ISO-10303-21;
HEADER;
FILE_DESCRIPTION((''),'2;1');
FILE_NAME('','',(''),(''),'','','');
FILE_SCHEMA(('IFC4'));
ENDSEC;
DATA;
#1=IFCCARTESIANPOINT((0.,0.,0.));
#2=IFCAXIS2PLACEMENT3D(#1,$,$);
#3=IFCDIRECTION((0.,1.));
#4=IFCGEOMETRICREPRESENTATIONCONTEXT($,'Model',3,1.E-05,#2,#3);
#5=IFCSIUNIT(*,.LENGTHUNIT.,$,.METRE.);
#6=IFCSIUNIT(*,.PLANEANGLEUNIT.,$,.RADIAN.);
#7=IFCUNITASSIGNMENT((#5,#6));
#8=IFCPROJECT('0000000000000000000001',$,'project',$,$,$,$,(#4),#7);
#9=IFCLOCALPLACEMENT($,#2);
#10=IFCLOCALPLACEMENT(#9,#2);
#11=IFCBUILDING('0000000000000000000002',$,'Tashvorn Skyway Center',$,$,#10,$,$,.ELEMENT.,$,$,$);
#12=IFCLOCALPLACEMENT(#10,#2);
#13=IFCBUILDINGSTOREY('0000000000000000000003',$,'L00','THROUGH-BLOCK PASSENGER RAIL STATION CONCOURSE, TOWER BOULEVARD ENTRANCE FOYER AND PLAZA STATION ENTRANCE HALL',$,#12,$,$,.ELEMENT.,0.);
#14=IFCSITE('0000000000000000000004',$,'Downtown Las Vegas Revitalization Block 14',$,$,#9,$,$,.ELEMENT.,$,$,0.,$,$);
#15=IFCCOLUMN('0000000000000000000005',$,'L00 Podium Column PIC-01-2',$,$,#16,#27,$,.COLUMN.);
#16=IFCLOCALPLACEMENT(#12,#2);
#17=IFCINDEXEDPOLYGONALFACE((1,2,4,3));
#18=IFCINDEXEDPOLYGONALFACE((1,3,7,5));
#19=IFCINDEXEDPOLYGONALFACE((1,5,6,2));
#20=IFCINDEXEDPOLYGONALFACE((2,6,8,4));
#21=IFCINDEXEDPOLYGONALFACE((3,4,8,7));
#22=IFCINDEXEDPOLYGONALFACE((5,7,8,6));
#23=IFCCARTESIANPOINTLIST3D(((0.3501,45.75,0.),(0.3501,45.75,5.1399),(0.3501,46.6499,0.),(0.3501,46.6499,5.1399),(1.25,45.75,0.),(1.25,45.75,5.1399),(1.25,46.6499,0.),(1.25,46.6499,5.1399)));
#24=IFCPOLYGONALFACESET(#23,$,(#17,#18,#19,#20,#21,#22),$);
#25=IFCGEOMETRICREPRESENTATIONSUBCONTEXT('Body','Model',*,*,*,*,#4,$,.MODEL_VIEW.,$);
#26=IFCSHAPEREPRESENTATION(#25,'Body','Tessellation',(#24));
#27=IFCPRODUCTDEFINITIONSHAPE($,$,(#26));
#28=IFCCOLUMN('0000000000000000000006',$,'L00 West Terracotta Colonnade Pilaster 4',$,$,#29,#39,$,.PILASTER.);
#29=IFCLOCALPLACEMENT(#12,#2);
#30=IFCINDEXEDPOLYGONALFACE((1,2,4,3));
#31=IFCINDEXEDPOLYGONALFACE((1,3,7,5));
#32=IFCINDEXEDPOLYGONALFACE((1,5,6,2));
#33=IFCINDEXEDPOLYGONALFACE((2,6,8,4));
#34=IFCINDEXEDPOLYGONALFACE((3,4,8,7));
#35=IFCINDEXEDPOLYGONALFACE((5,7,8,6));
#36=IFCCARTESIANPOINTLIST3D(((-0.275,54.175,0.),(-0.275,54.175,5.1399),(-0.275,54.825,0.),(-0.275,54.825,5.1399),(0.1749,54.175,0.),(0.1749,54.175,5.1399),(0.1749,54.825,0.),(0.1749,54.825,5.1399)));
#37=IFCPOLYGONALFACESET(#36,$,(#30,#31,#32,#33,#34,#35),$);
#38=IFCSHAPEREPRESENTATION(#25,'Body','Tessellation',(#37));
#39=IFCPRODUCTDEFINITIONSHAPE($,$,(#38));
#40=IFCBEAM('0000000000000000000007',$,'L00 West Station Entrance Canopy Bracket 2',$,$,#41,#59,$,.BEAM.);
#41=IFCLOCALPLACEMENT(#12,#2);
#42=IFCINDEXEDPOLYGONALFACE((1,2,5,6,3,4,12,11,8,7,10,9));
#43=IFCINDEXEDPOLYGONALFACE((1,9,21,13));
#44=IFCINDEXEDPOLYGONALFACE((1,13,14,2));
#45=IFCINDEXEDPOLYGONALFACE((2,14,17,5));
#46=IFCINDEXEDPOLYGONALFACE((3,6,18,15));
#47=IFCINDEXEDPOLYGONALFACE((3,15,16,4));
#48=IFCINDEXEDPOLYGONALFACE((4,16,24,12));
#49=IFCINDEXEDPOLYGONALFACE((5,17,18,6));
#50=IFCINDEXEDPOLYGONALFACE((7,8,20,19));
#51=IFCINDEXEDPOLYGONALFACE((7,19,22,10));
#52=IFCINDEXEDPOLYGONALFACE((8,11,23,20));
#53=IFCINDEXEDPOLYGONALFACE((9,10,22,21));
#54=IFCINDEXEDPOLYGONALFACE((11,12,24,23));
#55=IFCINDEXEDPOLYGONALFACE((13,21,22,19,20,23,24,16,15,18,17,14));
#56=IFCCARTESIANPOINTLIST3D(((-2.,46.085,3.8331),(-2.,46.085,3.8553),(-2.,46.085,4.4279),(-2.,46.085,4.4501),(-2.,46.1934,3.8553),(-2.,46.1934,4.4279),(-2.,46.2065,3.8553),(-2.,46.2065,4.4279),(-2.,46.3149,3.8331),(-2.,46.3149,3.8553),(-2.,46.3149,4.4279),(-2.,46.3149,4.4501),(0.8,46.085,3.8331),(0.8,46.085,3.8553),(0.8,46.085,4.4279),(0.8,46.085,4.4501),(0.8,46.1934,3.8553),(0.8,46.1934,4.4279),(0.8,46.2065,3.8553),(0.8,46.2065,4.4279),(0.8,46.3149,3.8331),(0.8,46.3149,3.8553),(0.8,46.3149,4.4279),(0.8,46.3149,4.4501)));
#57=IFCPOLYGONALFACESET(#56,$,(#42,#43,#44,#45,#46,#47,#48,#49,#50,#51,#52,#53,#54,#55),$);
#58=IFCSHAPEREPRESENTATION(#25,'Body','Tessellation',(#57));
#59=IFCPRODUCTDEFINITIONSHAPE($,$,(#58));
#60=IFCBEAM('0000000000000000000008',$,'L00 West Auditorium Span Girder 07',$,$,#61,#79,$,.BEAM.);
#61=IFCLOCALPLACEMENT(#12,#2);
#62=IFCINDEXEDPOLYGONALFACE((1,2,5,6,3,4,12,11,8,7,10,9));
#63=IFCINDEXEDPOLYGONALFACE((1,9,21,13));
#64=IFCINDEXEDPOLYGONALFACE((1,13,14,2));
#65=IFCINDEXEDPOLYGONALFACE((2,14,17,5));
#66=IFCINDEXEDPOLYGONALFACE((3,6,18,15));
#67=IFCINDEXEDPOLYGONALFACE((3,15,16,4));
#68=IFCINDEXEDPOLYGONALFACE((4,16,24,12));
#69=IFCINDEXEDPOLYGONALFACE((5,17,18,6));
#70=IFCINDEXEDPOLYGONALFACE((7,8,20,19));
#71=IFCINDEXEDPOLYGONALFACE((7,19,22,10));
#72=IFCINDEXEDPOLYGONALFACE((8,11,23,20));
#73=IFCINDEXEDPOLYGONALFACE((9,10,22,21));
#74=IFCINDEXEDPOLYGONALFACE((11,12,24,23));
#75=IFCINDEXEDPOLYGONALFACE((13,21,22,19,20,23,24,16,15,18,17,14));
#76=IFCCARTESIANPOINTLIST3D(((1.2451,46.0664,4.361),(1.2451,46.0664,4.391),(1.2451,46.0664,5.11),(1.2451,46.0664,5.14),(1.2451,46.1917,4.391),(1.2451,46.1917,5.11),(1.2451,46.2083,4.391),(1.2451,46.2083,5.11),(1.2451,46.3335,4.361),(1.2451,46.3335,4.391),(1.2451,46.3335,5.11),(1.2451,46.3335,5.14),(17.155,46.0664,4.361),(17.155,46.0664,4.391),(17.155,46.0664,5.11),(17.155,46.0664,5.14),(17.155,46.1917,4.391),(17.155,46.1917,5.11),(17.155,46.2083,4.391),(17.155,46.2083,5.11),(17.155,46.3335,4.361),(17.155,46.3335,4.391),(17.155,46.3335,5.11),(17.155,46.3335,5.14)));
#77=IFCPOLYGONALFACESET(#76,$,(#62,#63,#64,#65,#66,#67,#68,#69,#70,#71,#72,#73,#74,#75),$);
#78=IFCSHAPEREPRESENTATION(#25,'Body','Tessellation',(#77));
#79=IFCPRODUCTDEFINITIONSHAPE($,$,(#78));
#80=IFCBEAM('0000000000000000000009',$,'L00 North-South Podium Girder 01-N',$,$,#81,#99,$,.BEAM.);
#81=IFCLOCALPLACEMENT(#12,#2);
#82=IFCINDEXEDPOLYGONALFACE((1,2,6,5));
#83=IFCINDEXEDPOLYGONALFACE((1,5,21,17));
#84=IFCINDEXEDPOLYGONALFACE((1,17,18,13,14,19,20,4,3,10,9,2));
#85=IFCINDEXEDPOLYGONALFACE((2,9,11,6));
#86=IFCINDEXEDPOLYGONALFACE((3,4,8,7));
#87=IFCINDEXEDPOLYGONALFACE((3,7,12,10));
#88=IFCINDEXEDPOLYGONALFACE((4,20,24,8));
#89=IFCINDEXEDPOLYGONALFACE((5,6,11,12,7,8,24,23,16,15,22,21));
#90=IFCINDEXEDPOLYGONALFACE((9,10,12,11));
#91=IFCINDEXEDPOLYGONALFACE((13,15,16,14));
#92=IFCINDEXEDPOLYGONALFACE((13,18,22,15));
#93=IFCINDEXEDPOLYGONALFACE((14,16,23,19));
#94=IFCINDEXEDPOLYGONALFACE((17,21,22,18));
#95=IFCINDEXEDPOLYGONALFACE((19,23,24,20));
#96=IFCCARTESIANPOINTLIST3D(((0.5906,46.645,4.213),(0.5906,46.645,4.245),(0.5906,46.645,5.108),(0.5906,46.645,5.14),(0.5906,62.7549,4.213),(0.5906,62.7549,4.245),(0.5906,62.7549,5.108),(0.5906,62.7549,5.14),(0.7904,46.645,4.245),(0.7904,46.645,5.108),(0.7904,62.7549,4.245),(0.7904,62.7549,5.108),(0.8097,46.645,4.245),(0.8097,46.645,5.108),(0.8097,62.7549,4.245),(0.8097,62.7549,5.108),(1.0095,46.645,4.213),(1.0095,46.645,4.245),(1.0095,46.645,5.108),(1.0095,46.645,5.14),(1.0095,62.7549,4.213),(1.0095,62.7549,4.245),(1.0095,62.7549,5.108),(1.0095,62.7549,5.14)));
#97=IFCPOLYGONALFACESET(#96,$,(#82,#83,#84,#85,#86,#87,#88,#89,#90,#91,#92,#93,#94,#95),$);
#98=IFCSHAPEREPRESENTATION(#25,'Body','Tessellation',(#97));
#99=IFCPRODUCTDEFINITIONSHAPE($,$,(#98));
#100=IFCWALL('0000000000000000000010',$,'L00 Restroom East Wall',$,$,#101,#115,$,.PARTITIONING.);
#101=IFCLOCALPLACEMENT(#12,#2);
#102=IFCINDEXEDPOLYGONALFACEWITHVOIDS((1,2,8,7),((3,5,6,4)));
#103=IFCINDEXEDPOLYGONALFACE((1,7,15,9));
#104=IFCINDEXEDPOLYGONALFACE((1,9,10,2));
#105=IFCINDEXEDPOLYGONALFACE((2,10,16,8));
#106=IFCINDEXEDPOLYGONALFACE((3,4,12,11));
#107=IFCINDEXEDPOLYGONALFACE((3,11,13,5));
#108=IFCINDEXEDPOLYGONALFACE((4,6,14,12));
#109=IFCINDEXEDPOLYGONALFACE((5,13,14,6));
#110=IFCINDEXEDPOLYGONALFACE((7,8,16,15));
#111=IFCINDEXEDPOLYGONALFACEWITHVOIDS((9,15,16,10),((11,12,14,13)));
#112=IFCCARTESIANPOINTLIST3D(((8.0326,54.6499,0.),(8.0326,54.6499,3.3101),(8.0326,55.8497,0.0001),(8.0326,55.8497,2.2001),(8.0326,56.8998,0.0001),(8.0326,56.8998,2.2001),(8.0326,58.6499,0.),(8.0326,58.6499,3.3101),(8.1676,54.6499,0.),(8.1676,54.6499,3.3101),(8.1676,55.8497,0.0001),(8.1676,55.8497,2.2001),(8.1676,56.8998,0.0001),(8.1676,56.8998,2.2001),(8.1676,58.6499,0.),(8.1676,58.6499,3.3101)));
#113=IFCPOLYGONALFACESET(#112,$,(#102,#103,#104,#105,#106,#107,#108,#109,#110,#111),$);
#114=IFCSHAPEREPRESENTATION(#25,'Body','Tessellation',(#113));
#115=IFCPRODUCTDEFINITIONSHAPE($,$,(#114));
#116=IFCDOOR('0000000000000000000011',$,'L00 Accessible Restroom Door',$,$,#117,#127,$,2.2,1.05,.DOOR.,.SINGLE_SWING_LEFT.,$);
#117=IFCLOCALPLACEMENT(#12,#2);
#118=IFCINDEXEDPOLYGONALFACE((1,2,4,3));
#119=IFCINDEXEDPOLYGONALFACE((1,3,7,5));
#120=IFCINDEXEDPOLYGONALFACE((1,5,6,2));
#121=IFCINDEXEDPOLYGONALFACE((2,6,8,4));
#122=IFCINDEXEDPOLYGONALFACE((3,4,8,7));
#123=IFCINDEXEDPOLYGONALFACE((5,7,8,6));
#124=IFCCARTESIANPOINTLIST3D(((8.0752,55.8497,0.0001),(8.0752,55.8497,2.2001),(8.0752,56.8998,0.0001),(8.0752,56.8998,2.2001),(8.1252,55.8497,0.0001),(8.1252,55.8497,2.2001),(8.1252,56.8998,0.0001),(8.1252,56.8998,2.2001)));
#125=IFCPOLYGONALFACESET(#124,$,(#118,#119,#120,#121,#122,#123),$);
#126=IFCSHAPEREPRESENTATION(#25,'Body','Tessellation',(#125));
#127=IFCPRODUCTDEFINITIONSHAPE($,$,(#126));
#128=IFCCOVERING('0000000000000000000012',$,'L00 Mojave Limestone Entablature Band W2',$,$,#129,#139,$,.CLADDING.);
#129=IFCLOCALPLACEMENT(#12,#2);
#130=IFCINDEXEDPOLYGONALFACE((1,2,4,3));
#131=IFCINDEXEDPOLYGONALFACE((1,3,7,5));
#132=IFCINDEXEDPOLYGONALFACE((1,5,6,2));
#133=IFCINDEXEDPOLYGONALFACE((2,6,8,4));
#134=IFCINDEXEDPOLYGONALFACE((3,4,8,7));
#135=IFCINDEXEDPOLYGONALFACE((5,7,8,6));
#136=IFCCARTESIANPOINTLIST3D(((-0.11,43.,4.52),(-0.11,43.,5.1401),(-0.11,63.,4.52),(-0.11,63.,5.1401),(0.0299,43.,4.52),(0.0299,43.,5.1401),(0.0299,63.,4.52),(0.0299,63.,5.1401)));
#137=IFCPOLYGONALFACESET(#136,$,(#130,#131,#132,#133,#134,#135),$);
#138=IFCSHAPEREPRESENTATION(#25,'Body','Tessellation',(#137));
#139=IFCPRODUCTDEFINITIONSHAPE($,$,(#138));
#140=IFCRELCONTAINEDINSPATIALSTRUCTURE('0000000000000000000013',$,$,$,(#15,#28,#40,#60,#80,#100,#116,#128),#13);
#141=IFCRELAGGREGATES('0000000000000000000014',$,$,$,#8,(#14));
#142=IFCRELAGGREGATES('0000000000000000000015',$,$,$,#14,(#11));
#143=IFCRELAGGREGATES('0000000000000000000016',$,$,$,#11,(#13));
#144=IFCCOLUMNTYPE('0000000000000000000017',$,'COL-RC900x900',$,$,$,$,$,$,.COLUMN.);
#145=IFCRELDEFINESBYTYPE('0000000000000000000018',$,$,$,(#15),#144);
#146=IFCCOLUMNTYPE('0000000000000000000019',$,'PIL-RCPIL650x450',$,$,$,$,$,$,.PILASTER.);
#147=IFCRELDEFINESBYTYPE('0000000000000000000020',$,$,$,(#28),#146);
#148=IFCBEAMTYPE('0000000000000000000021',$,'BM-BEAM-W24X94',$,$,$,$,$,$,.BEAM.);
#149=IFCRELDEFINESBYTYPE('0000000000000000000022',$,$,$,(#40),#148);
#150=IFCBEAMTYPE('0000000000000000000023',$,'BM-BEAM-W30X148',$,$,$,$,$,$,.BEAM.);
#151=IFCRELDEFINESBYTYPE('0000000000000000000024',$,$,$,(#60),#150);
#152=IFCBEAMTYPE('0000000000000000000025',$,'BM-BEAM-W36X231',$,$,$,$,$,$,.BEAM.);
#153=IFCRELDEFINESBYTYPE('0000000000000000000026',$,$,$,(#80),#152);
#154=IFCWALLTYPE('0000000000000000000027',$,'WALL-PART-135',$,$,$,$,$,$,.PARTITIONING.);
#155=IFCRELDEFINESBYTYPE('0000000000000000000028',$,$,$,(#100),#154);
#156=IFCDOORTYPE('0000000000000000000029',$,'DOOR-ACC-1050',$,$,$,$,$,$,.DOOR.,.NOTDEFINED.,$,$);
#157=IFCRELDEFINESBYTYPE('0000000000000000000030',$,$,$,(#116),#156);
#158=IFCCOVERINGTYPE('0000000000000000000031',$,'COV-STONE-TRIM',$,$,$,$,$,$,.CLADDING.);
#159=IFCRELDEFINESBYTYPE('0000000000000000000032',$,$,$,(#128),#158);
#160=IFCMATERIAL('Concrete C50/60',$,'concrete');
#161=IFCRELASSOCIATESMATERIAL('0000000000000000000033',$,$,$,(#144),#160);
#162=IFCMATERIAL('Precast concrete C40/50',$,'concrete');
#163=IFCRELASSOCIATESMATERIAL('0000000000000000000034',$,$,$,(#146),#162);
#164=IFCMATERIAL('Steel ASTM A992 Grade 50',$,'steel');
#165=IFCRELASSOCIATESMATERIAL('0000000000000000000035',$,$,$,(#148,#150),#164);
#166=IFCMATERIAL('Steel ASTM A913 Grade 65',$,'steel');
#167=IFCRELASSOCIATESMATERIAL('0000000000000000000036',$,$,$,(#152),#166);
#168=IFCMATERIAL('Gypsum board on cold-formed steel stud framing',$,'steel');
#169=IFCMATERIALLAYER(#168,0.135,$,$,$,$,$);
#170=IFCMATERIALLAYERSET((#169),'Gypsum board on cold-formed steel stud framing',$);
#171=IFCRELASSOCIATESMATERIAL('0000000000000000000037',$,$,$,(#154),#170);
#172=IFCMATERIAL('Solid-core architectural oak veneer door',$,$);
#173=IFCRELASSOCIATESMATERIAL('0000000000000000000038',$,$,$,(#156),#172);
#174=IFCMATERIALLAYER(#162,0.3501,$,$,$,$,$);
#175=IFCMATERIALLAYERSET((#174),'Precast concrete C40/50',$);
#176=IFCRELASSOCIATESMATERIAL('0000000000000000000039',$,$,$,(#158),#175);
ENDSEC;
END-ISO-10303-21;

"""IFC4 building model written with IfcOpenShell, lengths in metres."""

from ifc_helpers import new_model, si_unit, direction, frame, frame_2d, origin, origin_2d, place, context, subcontext, project, spatial, rectangle, i_section, extrude, material, layer, layer_set, material_profile, profile_set, type_object, element, fill, save


model = new_model("IFC4")

# Units and contexts
model_context = context("Model", 3, precision=1e-05, world=origin(), true_north=direction((0.0, 1.0)))
body_context = subcontext(model_context, "Body", "Model", "MODEL_VIEW")
ifc_project = project(units=[si_unit("LENGTHUNIT", "METRE"), si_unit("PLANEANGLEUNIT", "RADIAN")], contexts=[model_context])

# Site, building, storey
site_placement = place(None, origin())
site = spatial("IfcSite", under=ifc_project, at=site_placement, Name="Downtown Las Vegas Revitalization Block 14", CompositionType="ELEMENT", RefElevation=0.0)
building_placement = place(site_placement, origin())
building = spatial("IfcBuilding", under=site, at=building_placement, Name="Tashvorn Skyway Center", CompositionType="ELEMENT")
storey_placement = place(building_placement, origin())
storey = spatial("IfcBuildingStorey", under=building, at=storey_placement, Name="L00", Description="THROUGH-BLOCK PASSENGER RAIL STATION CONCOURSE, TOWER BOULEVARD ENTRANCE FOYER AND PLAZA STATION ENTRANCE HALL", CompositionType="ELEMENT", Elevation=0.0)

# Columns
ifc_material_1 = material(Name="Concrete C50/60", Category="concrete")
ifc_material_profile_1 = material_profile(ifc_material_1, rectangle(XDim=0.8999, YDim=0.8999, at=origin_2d()), Name="RC900x900")
ifc_profile_set_1 = profile_set([ifc_material_profile_1], Name="Concrete C50/60")
column_type_1 = type_object("IfcColumnType", Name="COL-RC900x900", PredefinedType="COLUMN", material=ifc_profile_set_1)
column_1_placement = place(storey_placement, frame((0.8, 46.2, 0.0), z_axis=(0.0, 0.0, 1.0), x_axis=(1.0, 0.0, 0.0)))
element("IfcColumn", 1, at=column_1_placement, inside=storey, type_object=column_type_1, Name="L00 Podium Column PIC-01-2", PredefinedType="COLUMN", context=body_context, shape_type="SweptSolid", body=[
    extrude(rectangle(XDim=0.8999, YDim=0.8999, at=origin_2d()), origin(), (0.0, 0.0, 1.0), 5.1399),
])
ifc_material_2 = material(Name="Precast concrete C40/50", Category="concrete")
ifc_material_profile_2 = material_profile(ifc_material_2, rectangle(XDim=0.6499, YDim=0.45, at=origin_2d()), Name="RCPIL650x450")
ifc_profile_set_2 = profile_set([ifc_material_profile_2], Name="Precast concrete C40/50")
column_type_2 = type_object("IfcColumnType", Name="PIL-RCPIL650x450", PredefinedType="PILASTER", material=ifc_profile_set_2)
column_2_placement = place(storey_placement, frame((-0.05, 54.5, 0.0), z_axis=(0.0, 0.0, 1.0), x_axis=(0.0, 1.0, 0.0)))
element("IfcColumn", 2, at=column_2_placement, inside=storey, type_object=column_type_2, Name="L00 West Terracotta Colonnade Pilaster 4", PredefinedType="PILASTER", context=body_context, shape_type="SweptSolid", body=[
    extrude(rectangle(XDim=0.6499, YDim=0.45, at=origin_2d()), origin(), (0.0, 0.0, 1.0), 5.1399),
])

# Beams
ifc_material_3 = material(Name="Steel ASTM A992 Grade 50", Category="steel")
ifc_material_profile_3 = material_profile(ifc_material_3, i_section(OverallWidth=0.23, OverallDepth=0.6169, WebThickness=0.0132, FlangeThickness=0.0222, at=origin_2d()), Name="W24X94")
ifc_profile_set_3 = profile_set([ifc_material_profile_3], Name="Steel ASTM A992 Grade 50")
beam_type_1 = type_object("IfcBeamType", Name="BM-BEAM-W24X94", PredefinedType="BEAM", material=ifc_profile_set_3)
beam_1_placement = place(storey_placement, frame((0.8, 46.2, 4.1416), z_axis=(-1.0, 0.0, 0.0), x_axis=(0.0, -1.0, 0.0)))
element("IfcBeam", 3, at=beam_1_placement, inside=storey, type_object=beam_type_1, Name="L00 West Station Entrance Canopy Bracket 2", PredefinedType="BEAM", context=body_context, shape_type="SweptSolid", body=[
    extrude(i_section(OverallWidth=0.23, OverallDepth=0.6169, WebThickness=0.0132, FlangeThickness=0.0222, at=origin_2d()), origin(), (0.0, 0.0, 1.0), 2.8),
])
ifc_material_profile_4 = material_profile(ifc_material_3, i_section(OverallWidth=0.2671, OverallDepth=0.7791, WebThickness=0.0166, FlangeThickness=0.03, at=origin_2d()), Name="W30X148")
ifc_profile_set_4 = profile_set([ifc_material_profile_4], Name="Steel ASTM A992 Grade 50")
beam_type_2 = type_object("IfcBeamType", Name="BM-BEAM-W30X148", PredefinedType="BEAM", material=ifc_profile_set_4)
beam_2_placement = place(storey_placement, frame((1.2451, 46.2, 4.7505), z_axis=(1.0, 0.0, 0.0), x_axis=(0.0, 1.0, 0.0)))
element("IfcBeam", 4, at=beam_2_placement, inside=storey, type_object=beam_type_2, Name="L00 West Auditorium Span Girder 07", PredefinedType="BEAM", context=body_context, shape_type="SweptSolid", body=[
    extrude(i_section(OverallWidth=0.2671, OverallDepth=0.7791, WebThickness=0.0166, FlangeThickness=0.03, at=origin_2d()), origin(), (0.0, 0.0, 1.0), 15.9099),
])
ifc_material_4 = material(Name="Steel ASTM A913 Grade 65", Category="steel")
ifc_material_profile_5 = material_profile(ifc_material_4, i_section(OverallWidth=0.4189, OverallDepth=0.927, WebThickness=0.0193, FlangeThickness=0.032, at=origin_2d()), Name="W36X231")
ifc_profile_set_5 = profile_set([ifc_material_profile_5], Name="Steel ASTM A913 Grade 65")
beam_type_3 = type_object("IfcBeamType", Name="BM-BEAM-W36X231", PredefinedType="BEAM", material=ifc_profile_set_5)
beam_3_placement = place(storey_placement, frame((0.8, 46.645, 4.6765), z_axis=(0.0, 1.0, 0.0), x_axis=(-1.0, 0.0, 0.0)))
element("IfcBeam", 5, at=beam_3_placement, inside=storey, type_object=beam_type_3, Name="L00 North-South Podium Girder 01-N", PredefinedType="BEAM", context=body_context, shape_type="SweptSolid", body=[
    extrude(i_section(OverallWidth=0.4189, OverallDepth=0.927, WebThickness=0.0193, FlangeThickness=0.032, at=origin_2d()), origin(), (0.0, 0.0, 1.0), 16.1099),
])

# Wall, opening, door
ifc_material_5 = material(Name="Gypsum board on cold-formed steel stud framing", Category="steel")
ifc_layer_1 = layer(ifc_material_5, 0.135)
ifc_layer_set_1 = layer_set([ifc_layer_1], Name="Gypsum board on cold-formed steel stud framing")
wall_type = type_object("IfcWallType", Name="WALL-PART-135", PredefinedType="PARTITIONING", material=ifc_layer_set_1)
wall_placement = place(storey_placement, frame((8.1001, 54.6499, 0.0), z_axis=(0.0, 0.0, 1.0), x_axis=(0.0, 1.0, 0.0)))
wall = element("IfcWall", 6, at=wall_placement, inside=storey, type_object=wall_type, Name="L00 Restroom East Wall", PredefinedType="PARTITIONING", context=body_context, shape_type="SweptSolid", body=[
    extrude(rectangle(XDim=4.0, YDim=0.135, at=frame_2d((2.0, 0.0))), origin(), (0.0, 0.0, 1.0), 3.3101),
])
opening_placement = place(wall_placement, frame((1.2, 0.0, 0.0)))
opening = element("IfcOpeningElement", 7, at=opening_placement, cuts=wall, PredefinedType="OPENING", context=body_context, shape_type="SweptSolid", body=[
    extrude(rectangle(XDim=1.05, YDim=2.2, at=frame_2d((0.5249, 1.1001))), frame((0.0, 0.0774, 0.0), z_axis=(0.0, -1.0, 0.0), x_axis=(1.0, 0.0, 0.0)), (0.0, 0.0, 1.0), 0.155),
])
ifc_material_6 = material(Name="Solid-core architectural oak veneer door")
door_type = type_object("IfcDoorType", Name="DOOR-ACC-1050", OperationType="NOTDEFINED", PredefinedType="DOOR", material=ifc_material_6)
door_placement = place(opening_placement, origin())
door = element("IfcDoor", 8, at=door_placement, inside=storey, type_object=door_type, Name="L00 Accessible Restroom Door", OperationType="SINGLE_SWING_LEFT", OverallHeight=2.2, OverallWidth=1.05, PredefinedType="DOOR", context=body_context, shape_type="SweptSolid", body=[
    extrude(rectangle(XDim=1.05, YDim=2.2, at=frame_2d((0.5249, 1.1001))), frame((0.0, 0.0249, 0.0), z_axis=(0.0, -1.0, 0.0), x_axis=(1.0, 0.0, 0.0)), (0.0, 0.0, 1.0), 0.05),
])
fill(opening, door)

# Covering
ifc_layer_2 = layer(ifc_material_2, 0.3501)
ifc_layer_set_2 = layer_set([ifc_layer_2], Name="Precast concrete C40/50")
covering_type = type_object("IfcCoveringType", Name="COV-STONE-TRIM", PredefinedType="CLADDING", material=ifc_layer_set_2)
covering_placement = place(storey_placement, frame((-0.04, 53.0, 4.52), z_axis=(0.0, 0.0, 1.0), x_axis=(1.0, 0.0, 0.0)))
element("IfcCovering", 9, at=covering_placement, inside=storey, type_object=covering_type, Name="L00 Mojave Limestone Entablature Band W2", PredefinedType="CLADDING", context=body_context, shape_type="SweptSolid", body=[
    extrude(rectangle(XDim=0.1399, YDim=20.0, at=origin_2d()), origin(), (0.0, 0.0, 1.0), 0.6201),
])

save(model, "model.ifc")
